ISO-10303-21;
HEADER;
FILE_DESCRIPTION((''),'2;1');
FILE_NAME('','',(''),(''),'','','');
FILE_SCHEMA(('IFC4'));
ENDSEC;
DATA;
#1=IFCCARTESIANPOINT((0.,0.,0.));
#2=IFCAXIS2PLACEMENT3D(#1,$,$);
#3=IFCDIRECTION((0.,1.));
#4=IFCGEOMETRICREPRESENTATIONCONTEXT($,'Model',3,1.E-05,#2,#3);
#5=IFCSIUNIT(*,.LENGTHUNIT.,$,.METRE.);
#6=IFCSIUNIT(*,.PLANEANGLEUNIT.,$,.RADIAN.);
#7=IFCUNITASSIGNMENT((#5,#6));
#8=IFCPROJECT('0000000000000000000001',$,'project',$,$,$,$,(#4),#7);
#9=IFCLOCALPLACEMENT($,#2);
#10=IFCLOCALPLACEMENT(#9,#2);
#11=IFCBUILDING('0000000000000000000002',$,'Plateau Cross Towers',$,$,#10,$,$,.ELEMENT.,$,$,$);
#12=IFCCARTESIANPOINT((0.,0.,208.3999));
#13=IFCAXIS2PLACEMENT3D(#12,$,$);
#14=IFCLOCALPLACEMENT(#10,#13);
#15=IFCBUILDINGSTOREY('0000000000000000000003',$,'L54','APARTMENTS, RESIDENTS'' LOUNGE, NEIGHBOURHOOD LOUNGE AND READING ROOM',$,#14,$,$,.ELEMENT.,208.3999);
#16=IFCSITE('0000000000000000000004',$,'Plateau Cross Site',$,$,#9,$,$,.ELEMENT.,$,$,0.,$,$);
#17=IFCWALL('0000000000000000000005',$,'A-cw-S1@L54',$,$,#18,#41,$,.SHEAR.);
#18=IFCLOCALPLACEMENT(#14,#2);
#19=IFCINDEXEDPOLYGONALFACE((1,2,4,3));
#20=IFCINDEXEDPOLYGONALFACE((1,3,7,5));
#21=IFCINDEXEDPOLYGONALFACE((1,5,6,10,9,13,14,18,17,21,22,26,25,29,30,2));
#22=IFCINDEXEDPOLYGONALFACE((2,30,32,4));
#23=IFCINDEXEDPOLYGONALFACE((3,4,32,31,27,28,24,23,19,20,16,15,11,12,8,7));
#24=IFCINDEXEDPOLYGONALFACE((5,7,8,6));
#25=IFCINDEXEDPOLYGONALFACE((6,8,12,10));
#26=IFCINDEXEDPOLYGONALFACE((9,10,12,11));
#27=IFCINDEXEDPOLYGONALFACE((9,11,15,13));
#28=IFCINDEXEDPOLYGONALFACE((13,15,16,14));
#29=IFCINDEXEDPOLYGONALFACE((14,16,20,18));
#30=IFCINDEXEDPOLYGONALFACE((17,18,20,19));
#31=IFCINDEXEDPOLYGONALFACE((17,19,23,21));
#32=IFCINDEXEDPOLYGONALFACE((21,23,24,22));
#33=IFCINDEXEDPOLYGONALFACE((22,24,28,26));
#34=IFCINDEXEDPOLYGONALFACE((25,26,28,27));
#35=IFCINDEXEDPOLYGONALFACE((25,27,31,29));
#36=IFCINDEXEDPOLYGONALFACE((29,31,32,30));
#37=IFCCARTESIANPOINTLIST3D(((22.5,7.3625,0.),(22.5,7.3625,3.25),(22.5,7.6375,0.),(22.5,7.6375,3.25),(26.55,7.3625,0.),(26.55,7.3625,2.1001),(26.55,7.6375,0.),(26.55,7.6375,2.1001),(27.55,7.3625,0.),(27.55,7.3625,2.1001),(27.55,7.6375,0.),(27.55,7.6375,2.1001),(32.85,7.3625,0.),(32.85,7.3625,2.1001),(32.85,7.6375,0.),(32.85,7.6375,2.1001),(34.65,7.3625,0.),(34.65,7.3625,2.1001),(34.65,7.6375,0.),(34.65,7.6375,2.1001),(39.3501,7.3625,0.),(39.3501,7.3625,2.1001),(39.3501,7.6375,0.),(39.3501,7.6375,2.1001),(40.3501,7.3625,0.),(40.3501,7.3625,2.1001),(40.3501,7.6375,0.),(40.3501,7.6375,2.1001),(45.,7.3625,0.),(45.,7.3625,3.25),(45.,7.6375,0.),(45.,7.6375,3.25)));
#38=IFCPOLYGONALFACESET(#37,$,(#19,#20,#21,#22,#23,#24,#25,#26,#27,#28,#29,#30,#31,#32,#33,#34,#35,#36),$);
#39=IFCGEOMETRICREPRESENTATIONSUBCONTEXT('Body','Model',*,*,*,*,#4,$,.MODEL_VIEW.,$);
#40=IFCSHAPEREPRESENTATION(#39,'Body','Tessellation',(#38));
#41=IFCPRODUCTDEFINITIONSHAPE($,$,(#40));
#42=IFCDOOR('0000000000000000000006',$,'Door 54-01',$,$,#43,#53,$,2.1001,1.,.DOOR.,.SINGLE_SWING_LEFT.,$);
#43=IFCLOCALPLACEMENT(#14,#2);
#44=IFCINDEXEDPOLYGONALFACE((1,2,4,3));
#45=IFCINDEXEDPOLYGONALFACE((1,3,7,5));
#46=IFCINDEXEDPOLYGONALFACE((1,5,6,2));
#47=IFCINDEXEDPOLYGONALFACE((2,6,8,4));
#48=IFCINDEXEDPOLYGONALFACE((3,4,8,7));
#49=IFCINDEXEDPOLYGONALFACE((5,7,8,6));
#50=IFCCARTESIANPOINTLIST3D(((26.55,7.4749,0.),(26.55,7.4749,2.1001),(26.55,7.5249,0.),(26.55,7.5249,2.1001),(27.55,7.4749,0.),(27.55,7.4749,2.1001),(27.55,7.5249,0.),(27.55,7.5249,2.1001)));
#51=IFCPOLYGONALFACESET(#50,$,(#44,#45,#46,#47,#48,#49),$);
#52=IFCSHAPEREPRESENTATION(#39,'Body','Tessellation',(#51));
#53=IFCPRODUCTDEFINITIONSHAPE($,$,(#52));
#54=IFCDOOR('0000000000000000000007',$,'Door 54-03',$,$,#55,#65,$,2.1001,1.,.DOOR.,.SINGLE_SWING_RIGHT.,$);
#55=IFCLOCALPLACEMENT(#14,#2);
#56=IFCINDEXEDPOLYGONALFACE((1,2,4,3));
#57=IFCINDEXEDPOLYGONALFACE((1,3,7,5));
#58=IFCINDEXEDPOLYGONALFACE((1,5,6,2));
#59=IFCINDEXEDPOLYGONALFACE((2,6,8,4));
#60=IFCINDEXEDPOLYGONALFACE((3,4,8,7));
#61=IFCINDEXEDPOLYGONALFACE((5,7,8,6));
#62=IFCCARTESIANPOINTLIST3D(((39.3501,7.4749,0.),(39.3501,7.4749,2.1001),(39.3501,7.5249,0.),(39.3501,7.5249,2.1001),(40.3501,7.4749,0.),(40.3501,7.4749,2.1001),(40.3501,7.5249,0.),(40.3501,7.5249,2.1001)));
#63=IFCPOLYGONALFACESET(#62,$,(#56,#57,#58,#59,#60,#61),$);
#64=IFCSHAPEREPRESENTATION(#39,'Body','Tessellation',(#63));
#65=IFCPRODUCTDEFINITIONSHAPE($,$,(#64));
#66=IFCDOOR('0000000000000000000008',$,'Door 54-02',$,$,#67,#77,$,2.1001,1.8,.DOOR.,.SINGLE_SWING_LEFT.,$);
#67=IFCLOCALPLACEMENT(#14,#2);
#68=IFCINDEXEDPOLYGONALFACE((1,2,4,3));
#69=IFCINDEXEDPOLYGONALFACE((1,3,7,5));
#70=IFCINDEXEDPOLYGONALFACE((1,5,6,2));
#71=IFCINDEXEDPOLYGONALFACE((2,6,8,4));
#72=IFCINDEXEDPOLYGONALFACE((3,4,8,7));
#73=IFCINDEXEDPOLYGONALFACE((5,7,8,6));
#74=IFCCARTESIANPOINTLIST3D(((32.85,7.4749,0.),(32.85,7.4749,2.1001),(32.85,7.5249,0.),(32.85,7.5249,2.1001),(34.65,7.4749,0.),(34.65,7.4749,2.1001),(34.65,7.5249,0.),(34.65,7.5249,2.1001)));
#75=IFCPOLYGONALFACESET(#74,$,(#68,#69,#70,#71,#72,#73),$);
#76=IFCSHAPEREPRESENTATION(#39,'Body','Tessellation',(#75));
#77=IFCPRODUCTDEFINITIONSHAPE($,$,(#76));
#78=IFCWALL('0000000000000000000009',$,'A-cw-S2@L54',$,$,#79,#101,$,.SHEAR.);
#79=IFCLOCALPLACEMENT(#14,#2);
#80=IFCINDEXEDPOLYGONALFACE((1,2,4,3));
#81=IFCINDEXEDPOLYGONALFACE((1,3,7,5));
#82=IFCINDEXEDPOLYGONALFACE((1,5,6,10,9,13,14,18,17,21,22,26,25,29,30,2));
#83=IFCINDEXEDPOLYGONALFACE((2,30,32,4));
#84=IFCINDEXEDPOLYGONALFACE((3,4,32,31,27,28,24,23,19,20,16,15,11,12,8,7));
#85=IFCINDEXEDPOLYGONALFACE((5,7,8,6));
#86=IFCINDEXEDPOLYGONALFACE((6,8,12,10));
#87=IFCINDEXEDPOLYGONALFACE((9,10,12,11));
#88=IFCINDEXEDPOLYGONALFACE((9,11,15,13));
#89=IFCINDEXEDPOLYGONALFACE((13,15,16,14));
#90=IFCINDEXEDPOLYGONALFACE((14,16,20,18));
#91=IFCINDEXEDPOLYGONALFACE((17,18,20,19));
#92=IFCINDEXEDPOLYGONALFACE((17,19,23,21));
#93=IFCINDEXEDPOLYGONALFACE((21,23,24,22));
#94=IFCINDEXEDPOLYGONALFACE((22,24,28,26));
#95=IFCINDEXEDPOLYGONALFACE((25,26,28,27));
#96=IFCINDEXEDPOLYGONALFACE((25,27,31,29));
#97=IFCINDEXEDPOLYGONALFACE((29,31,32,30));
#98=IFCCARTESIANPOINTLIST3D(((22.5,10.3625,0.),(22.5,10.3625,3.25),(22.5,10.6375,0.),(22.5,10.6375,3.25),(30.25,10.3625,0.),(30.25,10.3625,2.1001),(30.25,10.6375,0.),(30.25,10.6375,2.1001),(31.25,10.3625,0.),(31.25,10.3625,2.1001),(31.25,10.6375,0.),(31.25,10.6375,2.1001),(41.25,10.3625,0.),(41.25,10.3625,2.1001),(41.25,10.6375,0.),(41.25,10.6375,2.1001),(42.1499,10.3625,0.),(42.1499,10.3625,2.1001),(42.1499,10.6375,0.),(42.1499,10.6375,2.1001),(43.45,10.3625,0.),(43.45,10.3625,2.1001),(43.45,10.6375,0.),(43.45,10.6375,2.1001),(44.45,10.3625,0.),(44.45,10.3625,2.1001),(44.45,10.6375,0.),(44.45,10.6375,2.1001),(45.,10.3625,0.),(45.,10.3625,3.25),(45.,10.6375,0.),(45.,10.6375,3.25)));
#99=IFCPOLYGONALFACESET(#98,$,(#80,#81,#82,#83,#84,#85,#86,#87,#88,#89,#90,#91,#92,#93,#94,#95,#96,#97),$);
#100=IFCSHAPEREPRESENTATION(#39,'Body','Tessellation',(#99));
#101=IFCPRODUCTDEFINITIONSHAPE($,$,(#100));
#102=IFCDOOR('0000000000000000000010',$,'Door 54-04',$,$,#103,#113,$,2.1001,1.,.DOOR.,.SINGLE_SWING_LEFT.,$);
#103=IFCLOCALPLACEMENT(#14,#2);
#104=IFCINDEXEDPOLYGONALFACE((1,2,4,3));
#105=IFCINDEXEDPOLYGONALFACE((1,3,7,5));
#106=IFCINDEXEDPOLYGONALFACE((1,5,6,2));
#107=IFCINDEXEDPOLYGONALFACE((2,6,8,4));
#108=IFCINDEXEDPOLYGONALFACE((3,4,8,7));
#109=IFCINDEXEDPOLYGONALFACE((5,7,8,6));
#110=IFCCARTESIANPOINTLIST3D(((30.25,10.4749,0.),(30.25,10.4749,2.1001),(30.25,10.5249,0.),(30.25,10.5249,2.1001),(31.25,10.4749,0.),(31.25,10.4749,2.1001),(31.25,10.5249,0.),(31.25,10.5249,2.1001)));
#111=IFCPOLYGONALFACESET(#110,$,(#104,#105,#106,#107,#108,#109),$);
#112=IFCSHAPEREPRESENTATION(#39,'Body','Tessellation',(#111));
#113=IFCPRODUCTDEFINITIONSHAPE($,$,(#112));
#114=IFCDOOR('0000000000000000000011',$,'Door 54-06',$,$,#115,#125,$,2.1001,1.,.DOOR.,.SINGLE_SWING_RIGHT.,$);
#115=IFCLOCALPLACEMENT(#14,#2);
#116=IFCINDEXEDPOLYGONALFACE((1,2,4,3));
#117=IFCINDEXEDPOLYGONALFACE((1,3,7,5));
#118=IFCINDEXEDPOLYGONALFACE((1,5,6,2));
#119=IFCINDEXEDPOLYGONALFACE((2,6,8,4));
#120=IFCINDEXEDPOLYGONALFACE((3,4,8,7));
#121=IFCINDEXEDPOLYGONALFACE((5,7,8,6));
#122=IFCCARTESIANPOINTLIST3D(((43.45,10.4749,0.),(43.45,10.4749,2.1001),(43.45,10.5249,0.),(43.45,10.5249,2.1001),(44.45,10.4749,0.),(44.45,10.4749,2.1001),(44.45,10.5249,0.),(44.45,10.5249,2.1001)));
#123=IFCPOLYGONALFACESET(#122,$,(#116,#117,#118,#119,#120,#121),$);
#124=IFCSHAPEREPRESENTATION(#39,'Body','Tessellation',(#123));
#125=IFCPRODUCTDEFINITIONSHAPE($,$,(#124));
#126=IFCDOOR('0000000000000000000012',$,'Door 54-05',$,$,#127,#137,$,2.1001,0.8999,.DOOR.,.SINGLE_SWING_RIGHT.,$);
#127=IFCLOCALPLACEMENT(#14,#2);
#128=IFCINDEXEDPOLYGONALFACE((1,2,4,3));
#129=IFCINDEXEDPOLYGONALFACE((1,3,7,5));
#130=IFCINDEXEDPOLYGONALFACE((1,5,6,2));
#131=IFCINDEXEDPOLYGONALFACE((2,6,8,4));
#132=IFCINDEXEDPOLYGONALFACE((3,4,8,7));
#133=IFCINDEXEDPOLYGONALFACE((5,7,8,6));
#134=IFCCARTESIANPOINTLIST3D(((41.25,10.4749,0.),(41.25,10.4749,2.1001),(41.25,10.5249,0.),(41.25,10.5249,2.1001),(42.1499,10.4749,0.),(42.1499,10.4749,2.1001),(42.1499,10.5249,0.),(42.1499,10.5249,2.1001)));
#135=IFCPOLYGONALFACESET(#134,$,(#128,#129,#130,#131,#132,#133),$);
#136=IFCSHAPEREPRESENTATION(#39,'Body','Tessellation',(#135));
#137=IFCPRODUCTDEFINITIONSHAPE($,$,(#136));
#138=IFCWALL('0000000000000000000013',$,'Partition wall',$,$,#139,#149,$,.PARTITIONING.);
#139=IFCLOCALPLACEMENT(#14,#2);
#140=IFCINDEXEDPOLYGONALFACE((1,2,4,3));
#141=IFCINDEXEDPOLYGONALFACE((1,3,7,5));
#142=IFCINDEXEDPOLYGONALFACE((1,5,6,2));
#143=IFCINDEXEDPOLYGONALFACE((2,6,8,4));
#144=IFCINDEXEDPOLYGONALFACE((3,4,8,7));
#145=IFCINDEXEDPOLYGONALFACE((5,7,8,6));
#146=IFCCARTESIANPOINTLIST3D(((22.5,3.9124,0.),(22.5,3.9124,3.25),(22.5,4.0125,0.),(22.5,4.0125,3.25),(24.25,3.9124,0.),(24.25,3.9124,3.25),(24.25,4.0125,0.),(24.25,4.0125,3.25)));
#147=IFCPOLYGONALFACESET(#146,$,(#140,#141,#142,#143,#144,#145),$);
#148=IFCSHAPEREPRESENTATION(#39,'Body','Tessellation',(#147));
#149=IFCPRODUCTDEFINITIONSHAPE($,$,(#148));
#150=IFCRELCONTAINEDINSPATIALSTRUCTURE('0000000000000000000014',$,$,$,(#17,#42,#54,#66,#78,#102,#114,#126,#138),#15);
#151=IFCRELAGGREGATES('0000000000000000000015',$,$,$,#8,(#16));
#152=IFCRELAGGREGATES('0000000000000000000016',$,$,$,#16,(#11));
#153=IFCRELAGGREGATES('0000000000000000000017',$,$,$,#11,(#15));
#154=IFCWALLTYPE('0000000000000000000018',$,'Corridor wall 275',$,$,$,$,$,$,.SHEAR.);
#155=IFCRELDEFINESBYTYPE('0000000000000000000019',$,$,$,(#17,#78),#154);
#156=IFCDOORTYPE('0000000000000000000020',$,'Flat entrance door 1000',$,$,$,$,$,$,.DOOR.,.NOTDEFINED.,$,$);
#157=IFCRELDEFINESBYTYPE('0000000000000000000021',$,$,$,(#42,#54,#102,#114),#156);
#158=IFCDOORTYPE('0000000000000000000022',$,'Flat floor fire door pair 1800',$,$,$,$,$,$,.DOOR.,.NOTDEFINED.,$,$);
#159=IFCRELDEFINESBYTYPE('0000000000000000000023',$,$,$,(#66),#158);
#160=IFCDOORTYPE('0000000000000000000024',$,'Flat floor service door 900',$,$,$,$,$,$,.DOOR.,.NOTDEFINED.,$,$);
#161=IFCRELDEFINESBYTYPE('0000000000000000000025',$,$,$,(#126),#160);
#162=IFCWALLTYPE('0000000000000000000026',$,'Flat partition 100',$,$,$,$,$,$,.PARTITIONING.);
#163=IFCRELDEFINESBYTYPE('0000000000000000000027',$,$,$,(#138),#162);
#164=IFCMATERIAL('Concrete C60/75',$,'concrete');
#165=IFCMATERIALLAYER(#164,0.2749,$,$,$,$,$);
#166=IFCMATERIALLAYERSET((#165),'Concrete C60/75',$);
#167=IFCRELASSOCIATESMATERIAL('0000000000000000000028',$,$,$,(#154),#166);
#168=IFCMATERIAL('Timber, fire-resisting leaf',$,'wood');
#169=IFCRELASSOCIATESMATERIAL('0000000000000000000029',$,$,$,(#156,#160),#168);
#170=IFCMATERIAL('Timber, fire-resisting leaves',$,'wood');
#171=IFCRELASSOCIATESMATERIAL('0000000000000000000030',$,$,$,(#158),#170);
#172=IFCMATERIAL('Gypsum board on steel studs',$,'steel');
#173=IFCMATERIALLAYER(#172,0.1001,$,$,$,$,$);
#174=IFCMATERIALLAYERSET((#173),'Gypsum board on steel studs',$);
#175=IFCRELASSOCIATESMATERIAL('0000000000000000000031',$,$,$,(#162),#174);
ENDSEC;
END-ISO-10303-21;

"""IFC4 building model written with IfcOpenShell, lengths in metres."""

from ifc_helpers import new_model, si_unit, direction, frame, frame_2d, origin, place, context, subcontext, project, spatial, rectangle, extrude, material, layer, layer_set, type_object, element, fill, save


model = new_model("IFC4")

# Units and contexts
model_context = context("Model", 3, precision=1e-05, world=origin(), true_north=direction((0.0, 1.0)))
body_context = subcontext(model_context, "Body", "Model", "MODEL_VIEW")
ifc_project = project(units=[si_unit("LENGTHUNIT", "METRE"), si_unit("PLANEANGLEUNIT", "RADIAN")], contexts=[model_context])

# Site, building, storey
site_placement = place(None, origin())
site = spatial("IfcSite", under=ifc_project, at=site_placement, Name="Plateau Cross Site", CompositionType="ELEMENT", RefElevation=0.0)
building_placement = place(site_placement, origin())
building = spatial("IfcBuilding", under=site, at=building_placement, Name="Plateau Cross Towers", CompositionType="ELEMENT")
storey_placement = place(building_placement, frame((0.0, 0.0, 208.3999)))
storey = spatial("IfcBuildingStorey", under=building, at=storey_placement, Name="L54", Description="APARTMENTS, RESIDENTS' LOUNGE, NEIGHBOURHOOD LOUNGE AND READING ROOM", CompositionType="ELEMENT", Elevation=208.3999)

# Shared definitions
ifc_material_1 = material(Name="Concrete C60/75", Category="concrete")

# Walls, openings, doors
ifc_layer_1 = layer(ifc_material_1, 0.2749)
ifc_layer_set_1 = layer_set([ifc_layer_1], Name="Concrete C60/75")
wall_type_1 = type_object("IfcWallType", Name="Corridor wall 275", PredefinedType="SHEAR", material=ifc_layer_set_1)
wall_1_placement = place(storey_placement, frame((22.5, 7.5, 0.0), z_axis=(0.0, 0.0, 1.0), x_axis=(1.0, 0.0, 0.0)))
wall_1 = element("IfcWall", 1, at=wall_1_placement, inside=storey, type_object=wall_type_1, Name="A-cw-S1@L54", PredefinedType="SHEAR", context=body_context, shape_type="SweptSolid", body=[
    extrude(rectangle(XDim=22.5, YDim=0.2749, at=frame_2d((11.25, 0.0))), origin(), (0.0, 0.0, 1.0), 3.25),
])
opening_1_placement = place(wall_1_placement, frame((4.05, 0.0, 0.0)))
opening_1 = element("IfcOpeningElement", 2, at=opening_1_placement, cuts=wall_1, PredefinedType="OPENING", context=body_context, shape_type="SweptSolid", body=[
    extrude(rectangle(XDim=1.0, YDim=2.1001, at=frame_2d((0.5, 1.05))), frame((0.0, 0.1475, 0.0), z_axis=(0.0, -1.0, 0.0), x_axis=(1.0, 0.0, 0.0)), (0.0, 0.0, 1.0), 0.2949),
])
opening_2_placement = place(wall_1_placement, frame((10.3501, 0.0, 0.0)))
opening_2 = element("IfcOpeningElement", 3, at=opening_2_placement, cuts=wall_1, PredefinedType="OPENING", context=body_context, shape_type="SweptSolid", body=[
    extrude(rectangle(XDim=1.8, YDim=2.1001, at=frame_2d((0.8999, 1.05))), frame((0.0, 0.1475, 0.0), z_axis=(0.0, -1.0, 0.0), x_axis=(1.0, 0.0, 0.0)), (0.0, 0.0, 1.0), 0.2949),
])
opening_3_placement = place(wall_1_placement, frame((16.8501, 0.0, 0.0)))
opening_3 = element("IfcOpeningElement", 4, at=opening_3_placement, cuts=wall_1, PredefinedType="OPENING", context=body_context, shape_type="SweptSolid", body=[
    extrude(rectangle(XDim=1.0, YDim=2.1001, at=frame_2d((0.5, 1.05))), frame((0.0, 0.1475, 0.0), z_axis=(0.0, -1.0, 0.0), x_axis=(1.0, 0.0, 0.0)), (0.0, 0.0, 1.0), 0.2949),
])
ifc_material_2 = material(Name="Timber, fire-resisting leaf", Category="wood")
door_type_1 = type_object("IfcDoorType", Name="Flat entrance door 1000", OperationType="NOTDEFINED", PredefinedType="DOOR", material=ifc_material_2)
door_1_placement = place(opening_1_placement, origin())
door_1 = element("IfcDoor", 5, at=door_1_placement, inside=storey, type_object=door_type_1, Name="Door 54-01", OperationType="SINGLE_SWING_LEFT", OverallHeight=2.1001, OverallWidth=1.0, PredefinedType="DOOR", context=body_context, shape_type="SweptSolid", body=[
    extrude(rectangle(XDim=1.0, YDim=2.1001, at=frame_2d((0.5, 1.05))), frame((0.0, 0.0249, 0.0), z_axis=(0.0, -1.0, 0.0), x_axis=(1.0, 0.0, 0.0)), (0.0, 0.0, 1.0), 0.05),
])
fill(opening_1, door_1)
door_2_placement = place(opening_3_placement, origin())
door_2 = element("IfcDoor", 6, at=door_2_placement, inside=storey, type_object=door_type_1, Name="Door 54-03", OperationType="SINGLE_SWING_RIGHT", OverallHeight=2.1001, OverallWidth=1.0, PredefinedType="DOOR", context=body_context, shape_type="SweptSolid", body=[
    extrude(rectangle(XDim=1.0, YDim=2.1001, at=frame_2d((0.5, 1.05))), frame((0.0, 0.0249, 0.0), z_axis=(0.0, -1.0, 0.0), x_axis=(1.0, 0.0, 0.0)), (0.0, 0.0, 1.0), 0.05),
])
fill(opening_3, door_2)
ifc_material_3 = material(Name="Timber, fire-resisting leaves", Category="wood")
door_type_2 = type_object("IfcDoorType", Name="Flat floor fire door pair 1800", OperationType="NOTDEFINED", PredefinedType="DOOR", material=ifc_material_3)
door_3_placement = place(opening_2_placement, origin())
door_3 = element("IfcDoor", 7, at=door_3_placement, inside=storey, type_object=door_type_2, Name="Door 54-02", OperationType="SINGLE_SWING_LEFT", OverallHeight=2.1001, OverallWidth=1.8, PredefinedType="DOOR", context=body_context, shape_type="SweptSolid", body=[
    extrude(rectangle(XDim=1.8, YDim=2.1001, at=frame_2d((0.8999, 1.05))), frame((0.0, 0.0249, 0.0), z_axis=(0.0, -1.0, 0.0), x_axis=(1.0, 0.0, 0.0)), (0.0, 0.0, 1.0), 0.05),
])
fill(opening_2, door_3)
wall_2_placement = place(storey_placement, frame((22.5, 10.5, 0.0), z_axis=(0.0, 0.0, 1.0), x_axis=(1.0, 0.0, 0.0)))
wall_2 = element("IfcWall", 8, at=wall_2_placement, inside=storey, type_object=wall_type_1, Name="A-cw-S2@L54", PredefinedType="SHEAR", context=body_context, shape_type="SweptSolid", body=[
    extrude(rectangle(XDim=22.5, YDim=0.2749, at=frame_2d((11.25, 0.0))), origin(), (0.0, 0.0, 1.0), 3.25),
])
opening_4_placement = place(wall_2_placement, frame((7.75, 0.0, 0.0)))
opening_4 = element("IfcOpeningElement", 9, at=opening_4_placement, cuts=wall_2, PredefinedType="OPENING", context=body_context, shape_type="SweptSolid", body=[
    extrude(rectangle(XDim=1.0, YDim=2.1001, at=frame_2d((0.5, 1.05))), frame((0.0, 0.1475, 0.0), z_axis=(0.0, -1.0, 0.0), x_axis=(1.0, 0.0, 0.0)), (0.0, 0.0, 1.0), 0.2949),
])
opening_5_placement = place(wall_2_placement, frame((18.75, 0.0, 0.0)))
opening_5 = element("IfcOpeningElement", 10, at=opening_5_placement, cuts=wall_2, PredefinedType="OPENING", context=body_context, shape_type="SweptSolid", body=[
    extrude(rectangle(XDim=0.8999, YDim=2.1001, at=frame_2d((0.45, 1.05))), frame((0.0, 0.1475, 0.0), z_axis=(0.0, -1.0, 0.0), x_axis=(1.0, 0.0, 0.0)), (0.0, 0.0, 1.0), 0.2949),
])
opening_6_placement = place(wall_2_placement, frame((20.95, 0.0, 0.0)))
opening_6 = element("IfcOpeningElement", 11, at=opening_6_placement, cuts=wall_2, PredefinedType="OPENING", context=body_context, shape_type="SweptSolid", body=[
    extrude(rectangle(XDim=1.0, YDim=2.1001, at=frame_2d((0.5, 1.05))), frame((0.0, 0.1475, 0.0), z_axis=(0.0, -1.0, 0.0), x_axis=(1.0, 0.0, 0.0)), (0.0, 0.0, 1.0), 0.2949),
])
door_4_placement = place(opening_4_placement, origin())
door_4 = element("IfcDoor", 12, at=door_4_placement, inside=storey, type_object=door_type_1, Name="Door 54-04", OperationType="SINGLE_SWING_LEFT", OverallHeight=2.1001, OverallWidth=1.0, PredefinedType="DOOR", context=body_context, shape_type="SweptSolid", body=[
    extrude(rectangle(XDim=1.0, YDim=2.1001, at=frame_2d((0.5, 1.05))), frame((0.0, 0.0249, 0.0), z_axis=(0.0, -1.0, 0.0), x_axis=(1.0, 0.0, 0.0)), (0.0, 0.0, 1.0), 0.05),
])
fill(opening_4, door_4)
door_5_placement = place(opening_6_placement, origin())
door_5 = element("IfcDoor", 13, at=door_5_placement, inside=storey, type_object=door_type_1, Name="Door 54-06", OperationType="SINGLE_SWING_RIGHT", OverallHeight=2.1001, OverallWidth=1.0, PredefinedType="DOOR", context=body_context, shape_type="SweptSolid", body=[
    extrude(rectangle(XDim=1.0, YDim=2.1001, at=frame_2d((0.5, 1.05))), frame((0.0, 0.0249, 0.0), z_axis=(0.0, -1.0, 0.0), x_axis=(1.0, 0.0, 0.0)), (0.0, 0.0, 1.0), 0.05),
])
fill(opening_6, door_5)
door_type_3 = type_object("IfcDoorType", Name="Flat floor service door 900", OperationType="NOTDEFINED", PredefinedType="DOOR", material=ifc_material_2)
door_6_placement = place(opening_5_placement, origin())
door_6 = element("IfcDoor", 14, at=door_6_placement, inside=storey, type_object=door_type_3, Name="Door 54-05", OperationType="SINGLE_SWING_RIGHT", OverallHeight=2.1001, OverallWidth=0.8999, PredefinedType="DOOR", context=body_context, shape_type="SweptSolid", body=[
    extrude(rectangle(XDim=0.8999, YDim=2.1001, at=frame_2d((0.45, 1.05))), frame((0.0, 0.0249, 0.0), z_axis=(0.0, -1.0, 0.0), x_axis=(1.0, 0.0, 0.0)), (0.0, 0.0, 1.0), 0.05),
])
fill(opening_5, door_6)

# Wall
ifc_material_4 = material(Name="Gypsum board on steel studs", Category="steel")
ifc_layer_2 = layer(ifc_material_4, 0.1001)
ifc_layer_set_2 = layer_set([ifc_layer_2], Name="Gypsum board on steel studs")
wall_type_2 = type_object("IfcWallType", Name="Flat partition 100", PredefinedType="PARTITIONING", material=ifc_layer_set_2)
wall_3_placement = place(storey_placement, frame((22.5, 3.9624, 0.0), z_axis=(0.0, 0.0, 1.0), x_axis=(1.0, 0.0, 0.0)))
element("IfcWall", 15, at=wall_3_placement, inside=storey, type_object=wall_type_2, Name="Partition wall", PredefinedType="PARTITIONING", context=body_context, shape_type="SweptSolid", body=[
    extrude(rectangle(XDim=1.75, YDim=0.1001, at=frame_2d((0.875, 0.0))), origin(), (0.0, 0.0, 1.0), 3.25),
])

save(model, "model.ifc")
